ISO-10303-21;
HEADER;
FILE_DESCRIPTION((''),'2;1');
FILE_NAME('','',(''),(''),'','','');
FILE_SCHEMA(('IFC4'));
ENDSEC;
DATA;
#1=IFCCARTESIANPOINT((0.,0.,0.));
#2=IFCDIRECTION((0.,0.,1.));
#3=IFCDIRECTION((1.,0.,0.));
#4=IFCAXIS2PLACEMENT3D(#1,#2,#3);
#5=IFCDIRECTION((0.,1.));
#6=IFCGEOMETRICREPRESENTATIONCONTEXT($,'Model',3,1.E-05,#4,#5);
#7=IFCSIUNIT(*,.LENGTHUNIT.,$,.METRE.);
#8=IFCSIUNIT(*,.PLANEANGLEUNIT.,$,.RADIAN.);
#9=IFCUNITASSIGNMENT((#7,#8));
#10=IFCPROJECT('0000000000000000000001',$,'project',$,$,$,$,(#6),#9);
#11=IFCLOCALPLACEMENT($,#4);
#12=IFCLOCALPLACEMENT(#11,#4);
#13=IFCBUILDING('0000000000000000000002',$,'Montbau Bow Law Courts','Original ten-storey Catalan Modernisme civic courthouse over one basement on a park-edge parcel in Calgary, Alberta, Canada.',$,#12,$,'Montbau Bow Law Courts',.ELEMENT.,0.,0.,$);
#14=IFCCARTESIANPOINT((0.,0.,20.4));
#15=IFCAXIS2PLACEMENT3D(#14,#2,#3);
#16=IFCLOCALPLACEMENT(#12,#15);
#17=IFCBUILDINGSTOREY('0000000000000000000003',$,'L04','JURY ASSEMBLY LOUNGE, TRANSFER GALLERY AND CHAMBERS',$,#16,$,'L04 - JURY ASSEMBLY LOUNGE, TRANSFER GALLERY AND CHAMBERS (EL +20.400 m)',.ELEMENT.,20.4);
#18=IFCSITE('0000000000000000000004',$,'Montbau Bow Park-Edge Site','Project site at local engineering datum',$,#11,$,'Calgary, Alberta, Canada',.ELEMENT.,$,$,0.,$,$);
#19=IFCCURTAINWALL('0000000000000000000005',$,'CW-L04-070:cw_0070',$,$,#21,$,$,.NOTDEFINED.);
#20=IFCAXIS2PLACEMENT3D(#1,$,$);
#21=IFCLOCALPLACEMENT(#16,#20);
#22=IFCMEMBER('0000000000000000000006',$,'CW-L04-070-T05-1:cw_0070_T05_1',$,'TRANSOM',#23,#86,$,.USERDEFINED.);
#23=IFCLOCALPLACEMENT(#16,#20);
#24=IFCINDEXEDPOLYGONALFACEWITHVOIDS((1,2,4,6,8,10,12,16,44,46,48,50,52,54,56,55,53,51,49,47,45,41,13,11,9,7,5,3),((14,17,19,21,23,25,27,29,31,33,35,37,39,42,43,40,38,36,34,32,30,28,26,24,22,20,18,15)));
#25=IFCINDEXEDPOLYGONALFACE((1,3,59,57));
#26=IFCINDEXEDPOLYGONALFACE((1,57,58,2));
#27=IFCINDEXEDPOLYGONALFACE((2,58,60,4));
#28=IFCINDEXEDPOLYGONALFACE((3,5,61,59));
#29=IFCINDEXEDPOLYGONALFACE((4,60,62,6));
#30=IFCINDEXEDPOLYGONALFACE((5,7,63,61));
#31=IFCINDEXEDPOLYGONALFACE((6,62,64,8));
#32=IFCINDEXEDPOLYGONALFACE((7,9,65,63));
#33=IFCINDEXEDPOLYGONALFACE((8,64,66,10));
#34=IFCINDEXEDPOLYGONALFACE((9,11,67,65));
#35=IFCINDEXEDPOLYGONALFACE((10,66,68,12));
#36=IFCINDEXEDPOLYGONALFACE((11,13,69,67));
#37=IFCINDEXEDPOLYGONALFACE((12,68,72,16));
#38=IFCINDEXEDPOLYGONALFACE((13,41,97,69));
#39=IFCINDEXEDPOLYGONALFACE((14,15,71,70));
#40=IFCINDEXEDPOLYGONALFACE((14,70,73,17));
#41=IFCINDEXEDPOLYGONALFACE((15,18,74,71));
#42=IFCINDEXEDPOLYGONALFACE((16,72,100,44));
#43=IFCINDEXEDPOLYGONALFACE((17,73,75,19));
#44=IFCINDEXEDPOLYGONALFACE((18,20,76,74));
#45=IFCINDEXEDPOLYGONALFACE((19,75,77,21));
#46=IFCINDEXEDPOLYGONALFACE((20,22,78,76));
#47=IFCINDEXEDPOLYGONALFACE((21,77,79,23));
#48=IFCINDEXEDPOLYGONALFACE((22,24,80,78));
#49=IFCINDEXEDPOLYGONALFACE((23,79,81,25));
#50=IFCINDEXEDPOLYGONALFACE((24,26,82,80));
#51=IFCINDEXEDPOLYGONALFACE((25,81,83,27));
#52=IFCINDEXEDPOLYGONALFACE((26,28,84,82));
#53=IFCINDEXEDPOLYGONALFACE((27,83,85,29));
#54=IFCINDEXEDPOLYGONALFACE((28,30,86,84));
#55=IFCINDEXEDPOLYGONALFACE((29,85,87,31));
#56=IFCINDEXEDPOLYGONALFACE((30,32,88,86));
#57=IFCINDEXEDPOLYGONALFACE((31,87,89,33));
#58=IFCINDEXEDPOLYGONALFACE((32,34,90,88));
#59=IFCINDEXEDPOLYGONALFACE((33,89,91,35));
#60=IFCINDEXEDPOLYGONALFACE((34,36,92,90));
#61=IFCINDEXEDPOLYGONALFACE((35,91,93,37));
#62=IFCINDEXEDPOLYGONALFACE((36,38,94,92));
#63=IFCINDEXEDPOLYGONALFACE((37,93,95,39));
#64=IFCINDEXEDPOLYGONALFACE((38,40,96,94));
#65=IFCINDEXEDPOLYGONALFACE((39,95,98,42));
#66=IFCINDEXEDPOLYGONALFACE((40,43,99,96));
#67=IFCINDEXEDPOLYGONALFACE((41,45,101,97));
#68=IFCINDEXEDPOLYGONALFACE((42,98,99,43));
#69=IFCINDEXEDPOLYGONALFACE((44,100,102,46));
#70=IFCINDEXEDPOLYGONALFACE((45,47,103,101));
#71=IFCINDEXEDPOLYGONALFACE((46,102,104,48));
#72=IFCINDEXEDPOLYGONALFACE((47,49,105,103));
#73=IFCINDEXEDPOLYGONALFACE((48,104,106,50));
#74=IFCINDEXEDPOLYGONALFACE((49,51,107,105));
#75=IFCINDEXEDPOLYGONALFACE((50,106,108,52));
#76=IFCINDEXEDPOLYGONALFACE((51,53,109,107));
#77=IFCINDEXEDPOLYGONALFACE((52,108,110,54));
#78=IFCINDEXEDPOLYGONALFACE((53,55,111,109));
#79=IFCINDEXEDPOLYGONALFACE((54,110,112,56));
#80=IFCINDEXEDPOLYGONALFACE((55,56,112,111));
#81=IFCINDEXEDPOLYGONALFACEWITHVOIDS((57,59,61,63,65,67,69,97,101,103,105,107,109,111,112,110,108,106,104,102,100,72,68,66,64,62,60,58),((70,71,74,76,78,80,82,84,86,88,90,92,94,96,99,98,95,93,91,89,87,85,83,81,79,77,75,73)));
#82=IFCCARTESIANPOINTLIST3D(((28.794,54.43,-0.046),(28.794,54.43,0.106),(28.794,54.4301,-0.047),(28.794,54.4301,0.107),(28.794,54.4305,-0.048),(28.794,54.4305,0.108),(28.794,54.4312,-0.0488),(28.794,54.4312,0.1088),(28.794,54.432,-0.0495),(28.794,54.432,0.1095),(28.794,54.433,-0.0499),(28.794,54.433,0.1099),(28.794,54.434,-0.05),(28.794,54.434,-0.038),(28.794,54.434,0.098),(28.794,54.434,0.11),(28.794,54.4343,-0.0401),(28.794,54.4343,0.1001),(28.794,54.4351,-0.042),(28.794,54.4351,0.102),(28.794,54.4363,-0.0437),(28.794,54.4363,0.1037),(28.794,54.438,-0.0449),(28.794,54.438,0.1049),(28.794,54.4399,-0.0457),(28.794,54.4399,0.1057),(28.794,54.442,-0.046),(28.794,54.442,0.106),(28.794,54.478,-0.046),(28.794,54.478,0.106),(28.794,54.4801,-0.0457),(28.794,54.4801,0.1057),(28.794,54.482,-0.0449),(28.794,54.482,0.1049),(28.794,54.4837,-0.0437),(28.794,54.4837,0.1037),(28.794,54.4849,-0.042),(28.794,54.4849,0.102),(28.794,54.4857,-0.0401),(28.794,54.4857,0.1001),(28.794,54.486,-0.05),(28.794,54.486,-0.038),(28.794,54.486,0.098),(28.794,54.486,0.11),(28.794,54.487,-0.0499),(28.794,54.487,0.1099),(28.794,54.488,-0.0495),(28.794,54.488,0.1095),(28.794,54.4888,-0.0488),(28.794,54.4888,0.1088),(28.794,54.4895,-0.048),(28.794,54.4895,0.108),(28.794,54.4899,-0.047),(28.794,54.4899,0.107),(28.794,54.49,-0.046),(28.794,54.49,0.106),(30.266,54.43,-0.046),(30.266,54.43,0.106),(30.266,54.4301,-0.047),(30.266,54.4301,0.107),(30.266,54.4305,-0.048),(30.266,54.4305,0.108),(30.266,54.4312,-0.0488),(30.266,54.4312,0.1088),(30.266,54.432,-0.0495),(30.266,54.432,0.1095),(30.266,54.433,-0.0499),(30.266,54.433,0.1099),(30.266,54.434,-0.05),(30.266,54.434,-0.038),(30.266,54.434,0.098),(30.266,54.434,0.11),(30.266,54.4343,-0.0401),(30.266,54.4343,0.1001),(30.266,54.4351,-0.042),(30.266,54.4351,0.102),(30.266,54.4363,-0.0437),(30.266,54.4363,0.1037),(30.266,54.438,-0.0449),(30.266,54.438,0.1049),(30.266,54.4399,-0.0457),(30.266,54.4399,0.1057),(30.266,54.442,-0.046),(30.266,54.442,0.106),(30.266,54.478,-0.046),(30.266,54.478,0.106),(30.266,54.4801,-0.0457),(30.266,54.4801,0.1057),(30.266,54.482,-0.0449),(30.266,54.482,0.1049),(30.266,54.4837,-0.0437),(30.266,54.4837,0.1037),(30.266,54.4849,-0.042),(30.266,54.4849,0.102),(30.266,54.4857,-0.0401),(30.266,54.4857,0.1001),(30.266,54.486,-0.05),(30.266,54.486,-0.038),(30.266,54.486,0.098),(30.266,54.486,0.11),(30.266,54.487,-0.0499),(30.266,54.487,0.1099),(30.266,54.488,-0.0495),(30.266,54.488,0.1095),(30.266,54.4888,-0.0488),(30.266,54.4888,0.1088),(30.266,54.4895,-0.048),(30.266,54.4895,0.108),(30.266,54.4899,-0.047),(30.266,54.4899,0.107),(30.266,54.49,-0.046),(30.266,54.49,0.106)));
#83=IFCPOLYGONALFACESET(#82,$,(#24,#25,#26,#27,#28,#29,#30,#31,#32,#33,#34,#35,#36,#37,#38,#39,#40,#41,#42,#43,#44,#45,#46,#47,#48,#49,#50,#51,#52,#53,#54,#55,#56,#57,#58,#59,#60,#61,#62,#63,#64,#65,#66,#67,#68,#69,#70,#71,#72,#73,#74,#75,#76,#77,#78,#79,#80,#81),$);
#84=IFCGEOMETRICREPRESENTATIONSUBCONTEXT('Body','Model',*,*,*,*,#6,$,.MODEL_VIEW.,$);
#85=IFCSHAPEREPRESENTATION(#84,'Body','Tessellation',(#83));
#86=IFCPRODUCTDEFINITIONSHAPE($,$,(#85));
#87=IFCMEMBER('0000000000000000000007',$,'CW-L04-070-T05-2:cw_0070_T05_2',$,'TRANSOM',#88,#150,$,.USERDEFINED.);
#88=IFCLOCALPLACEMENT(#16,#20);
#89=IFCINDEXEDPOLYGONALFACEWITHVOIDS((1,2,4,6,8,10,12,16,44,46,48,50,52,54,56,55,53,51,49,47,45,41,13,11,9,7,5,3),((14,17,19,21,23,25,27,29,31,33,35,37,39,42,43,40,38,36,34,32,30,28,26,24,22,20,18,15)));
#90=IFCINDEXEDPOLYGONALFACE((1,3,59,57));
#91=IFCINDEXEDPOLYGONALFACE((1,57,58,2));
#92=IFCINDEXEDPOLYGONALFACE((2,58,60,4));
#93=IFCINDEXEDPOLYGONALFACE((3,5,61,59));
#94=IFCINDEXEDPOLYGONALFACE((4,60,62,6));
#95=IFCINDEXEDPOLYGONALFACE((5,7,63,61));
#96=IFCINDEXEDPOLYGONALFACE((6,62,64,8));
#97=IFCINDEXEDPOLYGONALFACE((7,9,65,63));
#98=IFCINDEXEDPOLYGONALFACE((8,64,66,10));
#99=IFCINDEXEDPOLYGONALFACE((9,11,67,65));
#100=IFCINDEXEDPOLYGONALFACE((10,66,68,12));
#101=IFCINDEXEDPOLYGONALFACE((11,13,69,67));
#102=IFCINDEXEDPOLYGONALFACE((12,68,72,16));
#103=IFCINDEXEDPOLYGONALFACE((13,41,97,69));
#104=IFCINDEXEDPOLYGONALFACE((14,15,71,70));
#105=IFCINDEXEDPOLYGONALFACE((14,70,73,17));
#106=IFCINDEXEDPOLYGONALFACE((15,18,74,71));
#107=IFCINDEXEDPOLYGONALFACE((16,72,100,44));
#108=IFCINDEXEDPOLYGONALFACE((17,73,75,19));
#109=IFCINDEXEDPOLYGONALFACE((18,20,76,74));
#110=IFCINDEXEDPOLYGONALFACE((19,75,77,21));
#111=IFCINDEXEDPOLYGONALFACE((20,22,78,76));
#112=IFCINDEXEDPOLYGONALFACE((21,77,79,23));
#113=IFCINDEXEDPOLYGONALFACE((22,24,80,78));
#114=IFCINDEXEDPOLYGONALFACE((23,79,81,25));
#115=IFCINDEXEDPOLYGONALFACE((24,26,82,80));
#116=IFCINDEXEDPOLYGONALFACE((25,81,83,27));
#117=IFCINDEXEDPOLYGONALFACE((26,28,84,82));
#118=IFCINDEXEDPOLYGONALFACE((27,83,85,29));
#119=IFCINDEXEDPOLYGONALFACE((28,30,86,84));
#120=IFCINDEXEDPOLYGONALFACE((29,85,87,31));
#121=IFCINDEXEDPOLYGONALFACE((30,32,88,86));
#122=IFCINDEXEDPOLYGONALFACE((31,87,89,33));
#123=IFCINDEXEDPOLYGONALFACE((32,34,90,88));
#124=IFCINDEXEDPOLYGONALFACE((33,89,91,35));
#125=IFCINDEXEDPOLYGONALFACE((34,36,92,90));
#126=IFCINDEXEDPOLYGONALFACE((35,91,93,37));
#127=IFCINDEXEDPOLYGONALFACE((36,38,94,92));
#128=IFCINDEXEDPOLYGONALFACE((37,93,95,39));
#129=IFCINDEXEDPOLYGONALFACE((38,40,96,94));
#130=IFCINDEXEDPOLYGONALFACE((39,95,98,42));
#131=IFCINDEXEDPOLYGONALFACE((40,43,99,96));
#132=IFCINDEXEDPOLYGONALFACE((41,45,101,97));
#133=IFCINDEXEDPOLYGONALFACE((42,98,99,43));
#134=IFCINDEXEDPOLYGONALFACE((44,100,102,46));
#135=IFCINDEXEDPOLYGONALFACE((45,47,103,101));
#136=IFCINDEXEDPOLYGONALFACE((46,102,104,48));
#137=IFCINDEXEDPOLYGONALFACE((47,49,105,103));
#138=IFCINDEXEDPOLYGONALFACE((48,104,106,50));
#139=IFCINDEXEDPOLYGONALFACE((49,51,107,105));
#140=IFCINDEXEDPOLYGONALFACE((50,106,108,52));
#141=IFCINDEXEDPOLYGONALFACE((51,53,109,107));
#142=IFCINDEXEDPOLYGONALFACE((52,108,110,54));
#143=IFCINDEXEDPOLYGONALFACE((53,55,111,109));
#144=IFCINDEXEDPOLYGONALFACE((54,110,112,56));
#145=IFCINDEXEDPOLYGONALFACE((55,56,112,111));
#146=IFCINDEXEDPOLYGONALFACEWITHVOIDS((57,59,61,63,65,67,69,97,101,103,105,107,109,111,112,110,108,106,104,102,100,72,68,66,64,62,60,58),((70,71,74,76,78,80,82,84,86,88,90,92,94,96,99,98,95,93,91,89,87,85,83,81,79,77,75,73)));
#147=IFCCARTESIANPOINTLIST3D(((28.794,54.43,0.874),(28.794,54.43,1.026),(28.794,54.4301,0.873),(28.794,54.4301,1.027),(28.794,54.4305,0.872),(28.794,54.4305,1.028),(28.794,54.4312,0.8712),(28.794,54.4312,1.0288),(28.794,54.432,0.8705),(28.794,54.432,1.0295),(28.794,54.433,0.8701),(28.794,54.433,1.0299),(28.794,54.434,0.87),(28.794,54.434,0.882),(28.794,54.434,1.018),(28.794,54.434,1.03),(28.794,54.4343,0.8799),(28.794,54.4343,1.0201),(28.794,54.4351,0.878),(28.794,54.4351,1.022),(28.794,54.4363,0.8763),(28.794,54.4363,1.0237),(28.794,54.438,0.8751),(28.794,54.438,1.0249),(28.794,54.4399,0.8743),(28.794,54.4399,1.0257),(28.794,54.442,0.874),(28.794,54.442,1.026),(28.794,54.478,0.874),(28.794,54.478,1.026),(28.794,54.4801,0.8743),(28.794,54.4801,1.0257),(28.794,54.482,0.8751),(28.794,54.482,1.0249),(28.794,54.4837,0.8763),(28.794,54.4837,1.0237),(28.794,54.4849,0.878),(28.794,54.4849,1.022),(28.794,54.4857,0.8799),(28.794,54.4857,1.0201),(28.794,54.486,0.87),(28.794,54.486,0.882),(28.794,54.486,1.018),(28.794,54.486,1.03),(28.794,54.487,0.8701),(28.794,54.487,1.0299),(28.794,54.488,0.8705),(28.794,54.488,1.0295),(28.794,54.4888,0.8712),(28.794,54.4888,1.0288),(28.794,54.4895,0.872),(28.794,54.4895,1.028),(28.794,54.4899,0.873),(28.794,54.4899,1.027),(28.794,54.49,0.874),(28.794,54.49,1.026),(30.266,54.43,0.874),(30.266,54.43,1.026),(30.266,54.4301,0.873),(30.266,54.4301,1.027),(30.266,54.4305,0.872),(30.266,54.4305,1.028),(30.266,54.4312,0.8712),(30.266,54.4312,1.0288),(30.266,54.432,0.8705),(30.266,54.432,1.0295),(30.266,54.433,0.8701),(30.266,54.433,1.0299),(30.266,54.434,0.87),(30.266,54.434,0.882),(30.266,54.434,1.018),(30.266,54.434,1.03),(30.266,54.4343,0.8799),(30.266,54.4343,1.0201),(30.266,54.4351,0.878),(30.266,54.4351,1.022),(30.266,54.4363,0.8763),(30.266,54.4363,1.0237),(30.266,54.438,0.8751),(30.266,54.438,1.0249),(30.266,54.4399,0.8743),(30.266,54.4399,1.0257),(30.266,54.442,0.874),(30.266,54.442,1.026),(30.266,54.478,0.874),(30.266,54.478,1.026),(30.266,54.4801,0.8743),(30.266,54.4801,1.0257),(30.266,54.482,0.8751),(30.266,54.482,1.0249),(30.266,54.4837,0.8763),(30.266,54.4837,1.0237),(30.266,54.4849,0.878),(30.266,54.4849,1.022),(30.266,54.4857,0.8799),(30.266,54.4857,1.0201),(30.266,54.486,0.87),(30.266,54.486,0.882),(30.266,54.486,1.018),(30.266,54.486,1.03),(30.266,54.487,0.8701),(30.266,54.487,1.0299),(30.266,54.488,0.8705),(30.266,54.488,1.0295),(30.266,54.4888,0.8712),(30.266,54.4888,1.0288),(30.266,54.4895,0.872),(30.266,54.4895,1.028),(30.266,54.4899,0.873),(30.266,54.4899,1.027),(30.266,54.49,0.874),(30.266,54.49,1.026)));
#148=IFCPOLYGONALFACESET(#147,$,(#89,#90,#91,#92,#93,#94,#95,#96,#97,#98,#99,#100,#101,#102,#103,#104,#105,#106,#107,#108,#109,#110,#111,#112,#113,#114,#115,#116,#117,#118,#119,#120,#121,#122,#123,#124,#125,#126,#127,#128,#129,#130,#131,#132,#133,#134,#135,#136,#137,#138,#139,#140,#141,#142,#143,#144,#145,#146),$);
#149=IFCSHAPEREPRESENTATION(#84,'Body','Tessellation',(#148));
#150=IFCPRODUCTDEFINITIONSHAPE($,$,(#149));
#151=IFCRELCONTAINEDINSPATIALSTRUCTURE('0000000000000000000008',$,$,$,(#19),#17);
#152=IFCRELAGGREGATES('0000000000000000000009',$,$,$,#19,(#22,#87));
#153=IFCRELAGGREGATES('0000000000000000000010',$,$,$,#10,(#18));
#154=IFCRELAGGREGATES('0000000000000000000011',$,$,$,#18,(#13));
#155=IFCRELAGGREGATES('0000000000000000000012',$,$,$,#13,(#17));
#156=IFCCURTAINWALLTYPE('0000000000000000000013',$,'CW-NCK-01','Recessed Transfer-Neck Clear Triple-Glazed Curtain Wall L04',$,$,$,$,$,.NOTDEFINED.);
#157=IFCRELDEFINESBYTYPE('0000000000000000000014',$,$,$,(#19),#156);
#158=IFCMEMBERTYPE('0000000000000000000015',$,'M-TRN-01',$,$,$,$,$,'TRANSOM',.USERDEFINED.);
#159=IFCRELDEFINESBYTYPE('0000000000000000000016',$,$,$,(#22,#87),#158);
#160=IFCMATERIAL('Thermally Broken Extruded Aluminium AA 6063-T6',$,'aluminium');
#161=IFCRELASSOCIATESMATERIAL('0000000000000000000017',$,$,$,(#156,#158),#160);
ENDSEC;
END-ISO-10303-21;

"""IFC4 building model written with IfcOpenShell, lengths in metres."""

from ifc_helpers import new_model, si_unit, direction, frame, origin_with_axes, origin_2d_with_axis, place, context, subcontext, project, spatial, hollow_rectangle, extrude, material, material_profile, profile_set, type_object, element, aggregate, save


model = new_model("IFC4")

# Units and contexts
model_context = context("Model", 3, precision=1e-05, world=origin_with_axes(), true_north=direction((0.0, 1.0)))
body_context = subcontext(model_context, "Body", "Model", "MODEL_VIEW")
ifc_project = project(units=[si_unit("LENGTHUNIT", "METRE"), si_unit("PLANEANGLEUNIT", "RADIAN")], contexts=[model_context])

# Site, building, storey
site_placement = place(None, origin_with_axes())
site = spatial("IfcSite", under=ifc_project, at=site_placement, Name="Montbau Bow Park-Edge Site", Description="Project site at local engineering datum", LongName="Calgary, Alberta, Canada", CompositionType="ELEMENT", RefElevation=0.0)
building_placement = place(site_placement, origin_with_axes())
building = spatial("IfcBuilding", under=site, at=building_placement, Name="Montbau Bow Law Courts", Description="Original ten-storey Catalan Modernisme civic courthouse over one basement on a park-edge parcel in Calgary, Alberta, Canada.", LongName="Montbau Bow Law Courts", CompositionType="ELEMENT", ElevationOfRefHeight=0.0, ElevationOfTerrain=0.0)
storey_placement = place(building_placement, frame((0.0, 0.0, 20.4), z_axis=(0.0, 0.0, 1.0), x_axis=(1.0, 0.0, 0.0)))
storey = spatial("IfcBuildingStorey", under=building, at=storey_placement, Name="L04", Description="JURY ASSEMBLY LOUNGE, TRANSFER GALLERY AND CHAMBERS", LongName="L04 - JURY ASSEMBLY LOUNGE, TRANSFER GALLERY AND CHAMBERS (EL +20.400 m)", CompositionType="ELEMENT", Elevation=20.4)

# Curtain wall, members
ifc_material_1 = material(Name="Thermally Broken Extruded Aluminium AA 6063-T6", Category="aluminium")
curtain_wall_type = type_object("IfcCurtainWallType", Name="CW-NCK-01", Description="Recessed Transfer-Neck Clear Triple-Glazed Curtain Wall L04", PredefinedType="NOTDEFINED", material=ifc_material_1)
curtain_wall_placement = place(None, frame((22.467, 54.46, 20.4), z_axis=(0.0, 0.0, 1.0), x_axis=(1.0, 0.0, 0.0)))
curtain_wall = element("IfcCurtainWall", 1, at=curtain_wall_placement, inside=storey, type_object=curtain_wall_type, Name="CW-L04-070:cw_0070", PredefinedType="NOTDEFINED")
ifc_material_profile_1 = material_profile(ifc_material_1, hollow_rectangle(XDim=0.06, YDim=0.16, WallThickness=0.004, InnerFilletRadius=0.008, OuterFilletRadius=0.004, at=origin_2d_with_axis()), Name="CWT-160X60", Category="Main", Priority=0)
ifc_profile_set_1 = profile_set([ifc_material_profile_1], Name="Thermally Broken Extruded Aluminium AA 6063-T6")
member_type_1 = type_object("IfcMemberType", Name="M-TRN-01", ElementType="TRANSOM", PredefinedType="USERDEFINED", material=ifc_profile_set_1)
member_1_placement = place(None, frame((28.794, 54.46, 20.43), z_axis=(1.0, 0.0, 0.0), x_axis=(0.0, 1.0, 0.0)))
member_1 = element("IfcMember", 2, at=member_1_placement, type_object=member_type_1, Name="CW-L04-070-T05-1:cw_0070_T05_1", ObjectType="TRANSOM", PredefinedType="USERDEFINED", context=body_context, shape_type="SweptSolid", body=[
    extrude(hollow_rectangle(XDim=0.06, YDim=0.16, WallThickness=0.004, InnerFilletRadius=0.008, OuterFilletRadius=0.004, at=origin_2d_with_axis()), origin_with_axes(), (0.0, 0.0, 1.0), 1.472),
])
member_2_placement = place(None, frame((28.794, 54.46, 21.35), z_axis=(1.0, 0.0, 0.0), x_axis=(0.0, 1.0, 0.0)))
member_2 = element("IfcMember", 3, at=member_2_placement, type_object=member_type_1, Name="CW-L04-070-T05-2:cw_0070_T05_2", ObjectType="TRANSOM", PredefinedType="USERDEFINED", context=body_context, shape_type="SweptSolid", body=[
    extrude(hollow_rectangle(XDim=0.06, YDim=0.16, WallThickness=0.004, InnerFilletRadius=0.008, OuterFilletRadius=0.004, at=origin_2d_with_axis()), origin_with_axes(), (0.0, 0.0, 1.0), 1.472),
])
aggregate(curtain_wall, [member_1, member_2])

save(model, "model.ifc")
